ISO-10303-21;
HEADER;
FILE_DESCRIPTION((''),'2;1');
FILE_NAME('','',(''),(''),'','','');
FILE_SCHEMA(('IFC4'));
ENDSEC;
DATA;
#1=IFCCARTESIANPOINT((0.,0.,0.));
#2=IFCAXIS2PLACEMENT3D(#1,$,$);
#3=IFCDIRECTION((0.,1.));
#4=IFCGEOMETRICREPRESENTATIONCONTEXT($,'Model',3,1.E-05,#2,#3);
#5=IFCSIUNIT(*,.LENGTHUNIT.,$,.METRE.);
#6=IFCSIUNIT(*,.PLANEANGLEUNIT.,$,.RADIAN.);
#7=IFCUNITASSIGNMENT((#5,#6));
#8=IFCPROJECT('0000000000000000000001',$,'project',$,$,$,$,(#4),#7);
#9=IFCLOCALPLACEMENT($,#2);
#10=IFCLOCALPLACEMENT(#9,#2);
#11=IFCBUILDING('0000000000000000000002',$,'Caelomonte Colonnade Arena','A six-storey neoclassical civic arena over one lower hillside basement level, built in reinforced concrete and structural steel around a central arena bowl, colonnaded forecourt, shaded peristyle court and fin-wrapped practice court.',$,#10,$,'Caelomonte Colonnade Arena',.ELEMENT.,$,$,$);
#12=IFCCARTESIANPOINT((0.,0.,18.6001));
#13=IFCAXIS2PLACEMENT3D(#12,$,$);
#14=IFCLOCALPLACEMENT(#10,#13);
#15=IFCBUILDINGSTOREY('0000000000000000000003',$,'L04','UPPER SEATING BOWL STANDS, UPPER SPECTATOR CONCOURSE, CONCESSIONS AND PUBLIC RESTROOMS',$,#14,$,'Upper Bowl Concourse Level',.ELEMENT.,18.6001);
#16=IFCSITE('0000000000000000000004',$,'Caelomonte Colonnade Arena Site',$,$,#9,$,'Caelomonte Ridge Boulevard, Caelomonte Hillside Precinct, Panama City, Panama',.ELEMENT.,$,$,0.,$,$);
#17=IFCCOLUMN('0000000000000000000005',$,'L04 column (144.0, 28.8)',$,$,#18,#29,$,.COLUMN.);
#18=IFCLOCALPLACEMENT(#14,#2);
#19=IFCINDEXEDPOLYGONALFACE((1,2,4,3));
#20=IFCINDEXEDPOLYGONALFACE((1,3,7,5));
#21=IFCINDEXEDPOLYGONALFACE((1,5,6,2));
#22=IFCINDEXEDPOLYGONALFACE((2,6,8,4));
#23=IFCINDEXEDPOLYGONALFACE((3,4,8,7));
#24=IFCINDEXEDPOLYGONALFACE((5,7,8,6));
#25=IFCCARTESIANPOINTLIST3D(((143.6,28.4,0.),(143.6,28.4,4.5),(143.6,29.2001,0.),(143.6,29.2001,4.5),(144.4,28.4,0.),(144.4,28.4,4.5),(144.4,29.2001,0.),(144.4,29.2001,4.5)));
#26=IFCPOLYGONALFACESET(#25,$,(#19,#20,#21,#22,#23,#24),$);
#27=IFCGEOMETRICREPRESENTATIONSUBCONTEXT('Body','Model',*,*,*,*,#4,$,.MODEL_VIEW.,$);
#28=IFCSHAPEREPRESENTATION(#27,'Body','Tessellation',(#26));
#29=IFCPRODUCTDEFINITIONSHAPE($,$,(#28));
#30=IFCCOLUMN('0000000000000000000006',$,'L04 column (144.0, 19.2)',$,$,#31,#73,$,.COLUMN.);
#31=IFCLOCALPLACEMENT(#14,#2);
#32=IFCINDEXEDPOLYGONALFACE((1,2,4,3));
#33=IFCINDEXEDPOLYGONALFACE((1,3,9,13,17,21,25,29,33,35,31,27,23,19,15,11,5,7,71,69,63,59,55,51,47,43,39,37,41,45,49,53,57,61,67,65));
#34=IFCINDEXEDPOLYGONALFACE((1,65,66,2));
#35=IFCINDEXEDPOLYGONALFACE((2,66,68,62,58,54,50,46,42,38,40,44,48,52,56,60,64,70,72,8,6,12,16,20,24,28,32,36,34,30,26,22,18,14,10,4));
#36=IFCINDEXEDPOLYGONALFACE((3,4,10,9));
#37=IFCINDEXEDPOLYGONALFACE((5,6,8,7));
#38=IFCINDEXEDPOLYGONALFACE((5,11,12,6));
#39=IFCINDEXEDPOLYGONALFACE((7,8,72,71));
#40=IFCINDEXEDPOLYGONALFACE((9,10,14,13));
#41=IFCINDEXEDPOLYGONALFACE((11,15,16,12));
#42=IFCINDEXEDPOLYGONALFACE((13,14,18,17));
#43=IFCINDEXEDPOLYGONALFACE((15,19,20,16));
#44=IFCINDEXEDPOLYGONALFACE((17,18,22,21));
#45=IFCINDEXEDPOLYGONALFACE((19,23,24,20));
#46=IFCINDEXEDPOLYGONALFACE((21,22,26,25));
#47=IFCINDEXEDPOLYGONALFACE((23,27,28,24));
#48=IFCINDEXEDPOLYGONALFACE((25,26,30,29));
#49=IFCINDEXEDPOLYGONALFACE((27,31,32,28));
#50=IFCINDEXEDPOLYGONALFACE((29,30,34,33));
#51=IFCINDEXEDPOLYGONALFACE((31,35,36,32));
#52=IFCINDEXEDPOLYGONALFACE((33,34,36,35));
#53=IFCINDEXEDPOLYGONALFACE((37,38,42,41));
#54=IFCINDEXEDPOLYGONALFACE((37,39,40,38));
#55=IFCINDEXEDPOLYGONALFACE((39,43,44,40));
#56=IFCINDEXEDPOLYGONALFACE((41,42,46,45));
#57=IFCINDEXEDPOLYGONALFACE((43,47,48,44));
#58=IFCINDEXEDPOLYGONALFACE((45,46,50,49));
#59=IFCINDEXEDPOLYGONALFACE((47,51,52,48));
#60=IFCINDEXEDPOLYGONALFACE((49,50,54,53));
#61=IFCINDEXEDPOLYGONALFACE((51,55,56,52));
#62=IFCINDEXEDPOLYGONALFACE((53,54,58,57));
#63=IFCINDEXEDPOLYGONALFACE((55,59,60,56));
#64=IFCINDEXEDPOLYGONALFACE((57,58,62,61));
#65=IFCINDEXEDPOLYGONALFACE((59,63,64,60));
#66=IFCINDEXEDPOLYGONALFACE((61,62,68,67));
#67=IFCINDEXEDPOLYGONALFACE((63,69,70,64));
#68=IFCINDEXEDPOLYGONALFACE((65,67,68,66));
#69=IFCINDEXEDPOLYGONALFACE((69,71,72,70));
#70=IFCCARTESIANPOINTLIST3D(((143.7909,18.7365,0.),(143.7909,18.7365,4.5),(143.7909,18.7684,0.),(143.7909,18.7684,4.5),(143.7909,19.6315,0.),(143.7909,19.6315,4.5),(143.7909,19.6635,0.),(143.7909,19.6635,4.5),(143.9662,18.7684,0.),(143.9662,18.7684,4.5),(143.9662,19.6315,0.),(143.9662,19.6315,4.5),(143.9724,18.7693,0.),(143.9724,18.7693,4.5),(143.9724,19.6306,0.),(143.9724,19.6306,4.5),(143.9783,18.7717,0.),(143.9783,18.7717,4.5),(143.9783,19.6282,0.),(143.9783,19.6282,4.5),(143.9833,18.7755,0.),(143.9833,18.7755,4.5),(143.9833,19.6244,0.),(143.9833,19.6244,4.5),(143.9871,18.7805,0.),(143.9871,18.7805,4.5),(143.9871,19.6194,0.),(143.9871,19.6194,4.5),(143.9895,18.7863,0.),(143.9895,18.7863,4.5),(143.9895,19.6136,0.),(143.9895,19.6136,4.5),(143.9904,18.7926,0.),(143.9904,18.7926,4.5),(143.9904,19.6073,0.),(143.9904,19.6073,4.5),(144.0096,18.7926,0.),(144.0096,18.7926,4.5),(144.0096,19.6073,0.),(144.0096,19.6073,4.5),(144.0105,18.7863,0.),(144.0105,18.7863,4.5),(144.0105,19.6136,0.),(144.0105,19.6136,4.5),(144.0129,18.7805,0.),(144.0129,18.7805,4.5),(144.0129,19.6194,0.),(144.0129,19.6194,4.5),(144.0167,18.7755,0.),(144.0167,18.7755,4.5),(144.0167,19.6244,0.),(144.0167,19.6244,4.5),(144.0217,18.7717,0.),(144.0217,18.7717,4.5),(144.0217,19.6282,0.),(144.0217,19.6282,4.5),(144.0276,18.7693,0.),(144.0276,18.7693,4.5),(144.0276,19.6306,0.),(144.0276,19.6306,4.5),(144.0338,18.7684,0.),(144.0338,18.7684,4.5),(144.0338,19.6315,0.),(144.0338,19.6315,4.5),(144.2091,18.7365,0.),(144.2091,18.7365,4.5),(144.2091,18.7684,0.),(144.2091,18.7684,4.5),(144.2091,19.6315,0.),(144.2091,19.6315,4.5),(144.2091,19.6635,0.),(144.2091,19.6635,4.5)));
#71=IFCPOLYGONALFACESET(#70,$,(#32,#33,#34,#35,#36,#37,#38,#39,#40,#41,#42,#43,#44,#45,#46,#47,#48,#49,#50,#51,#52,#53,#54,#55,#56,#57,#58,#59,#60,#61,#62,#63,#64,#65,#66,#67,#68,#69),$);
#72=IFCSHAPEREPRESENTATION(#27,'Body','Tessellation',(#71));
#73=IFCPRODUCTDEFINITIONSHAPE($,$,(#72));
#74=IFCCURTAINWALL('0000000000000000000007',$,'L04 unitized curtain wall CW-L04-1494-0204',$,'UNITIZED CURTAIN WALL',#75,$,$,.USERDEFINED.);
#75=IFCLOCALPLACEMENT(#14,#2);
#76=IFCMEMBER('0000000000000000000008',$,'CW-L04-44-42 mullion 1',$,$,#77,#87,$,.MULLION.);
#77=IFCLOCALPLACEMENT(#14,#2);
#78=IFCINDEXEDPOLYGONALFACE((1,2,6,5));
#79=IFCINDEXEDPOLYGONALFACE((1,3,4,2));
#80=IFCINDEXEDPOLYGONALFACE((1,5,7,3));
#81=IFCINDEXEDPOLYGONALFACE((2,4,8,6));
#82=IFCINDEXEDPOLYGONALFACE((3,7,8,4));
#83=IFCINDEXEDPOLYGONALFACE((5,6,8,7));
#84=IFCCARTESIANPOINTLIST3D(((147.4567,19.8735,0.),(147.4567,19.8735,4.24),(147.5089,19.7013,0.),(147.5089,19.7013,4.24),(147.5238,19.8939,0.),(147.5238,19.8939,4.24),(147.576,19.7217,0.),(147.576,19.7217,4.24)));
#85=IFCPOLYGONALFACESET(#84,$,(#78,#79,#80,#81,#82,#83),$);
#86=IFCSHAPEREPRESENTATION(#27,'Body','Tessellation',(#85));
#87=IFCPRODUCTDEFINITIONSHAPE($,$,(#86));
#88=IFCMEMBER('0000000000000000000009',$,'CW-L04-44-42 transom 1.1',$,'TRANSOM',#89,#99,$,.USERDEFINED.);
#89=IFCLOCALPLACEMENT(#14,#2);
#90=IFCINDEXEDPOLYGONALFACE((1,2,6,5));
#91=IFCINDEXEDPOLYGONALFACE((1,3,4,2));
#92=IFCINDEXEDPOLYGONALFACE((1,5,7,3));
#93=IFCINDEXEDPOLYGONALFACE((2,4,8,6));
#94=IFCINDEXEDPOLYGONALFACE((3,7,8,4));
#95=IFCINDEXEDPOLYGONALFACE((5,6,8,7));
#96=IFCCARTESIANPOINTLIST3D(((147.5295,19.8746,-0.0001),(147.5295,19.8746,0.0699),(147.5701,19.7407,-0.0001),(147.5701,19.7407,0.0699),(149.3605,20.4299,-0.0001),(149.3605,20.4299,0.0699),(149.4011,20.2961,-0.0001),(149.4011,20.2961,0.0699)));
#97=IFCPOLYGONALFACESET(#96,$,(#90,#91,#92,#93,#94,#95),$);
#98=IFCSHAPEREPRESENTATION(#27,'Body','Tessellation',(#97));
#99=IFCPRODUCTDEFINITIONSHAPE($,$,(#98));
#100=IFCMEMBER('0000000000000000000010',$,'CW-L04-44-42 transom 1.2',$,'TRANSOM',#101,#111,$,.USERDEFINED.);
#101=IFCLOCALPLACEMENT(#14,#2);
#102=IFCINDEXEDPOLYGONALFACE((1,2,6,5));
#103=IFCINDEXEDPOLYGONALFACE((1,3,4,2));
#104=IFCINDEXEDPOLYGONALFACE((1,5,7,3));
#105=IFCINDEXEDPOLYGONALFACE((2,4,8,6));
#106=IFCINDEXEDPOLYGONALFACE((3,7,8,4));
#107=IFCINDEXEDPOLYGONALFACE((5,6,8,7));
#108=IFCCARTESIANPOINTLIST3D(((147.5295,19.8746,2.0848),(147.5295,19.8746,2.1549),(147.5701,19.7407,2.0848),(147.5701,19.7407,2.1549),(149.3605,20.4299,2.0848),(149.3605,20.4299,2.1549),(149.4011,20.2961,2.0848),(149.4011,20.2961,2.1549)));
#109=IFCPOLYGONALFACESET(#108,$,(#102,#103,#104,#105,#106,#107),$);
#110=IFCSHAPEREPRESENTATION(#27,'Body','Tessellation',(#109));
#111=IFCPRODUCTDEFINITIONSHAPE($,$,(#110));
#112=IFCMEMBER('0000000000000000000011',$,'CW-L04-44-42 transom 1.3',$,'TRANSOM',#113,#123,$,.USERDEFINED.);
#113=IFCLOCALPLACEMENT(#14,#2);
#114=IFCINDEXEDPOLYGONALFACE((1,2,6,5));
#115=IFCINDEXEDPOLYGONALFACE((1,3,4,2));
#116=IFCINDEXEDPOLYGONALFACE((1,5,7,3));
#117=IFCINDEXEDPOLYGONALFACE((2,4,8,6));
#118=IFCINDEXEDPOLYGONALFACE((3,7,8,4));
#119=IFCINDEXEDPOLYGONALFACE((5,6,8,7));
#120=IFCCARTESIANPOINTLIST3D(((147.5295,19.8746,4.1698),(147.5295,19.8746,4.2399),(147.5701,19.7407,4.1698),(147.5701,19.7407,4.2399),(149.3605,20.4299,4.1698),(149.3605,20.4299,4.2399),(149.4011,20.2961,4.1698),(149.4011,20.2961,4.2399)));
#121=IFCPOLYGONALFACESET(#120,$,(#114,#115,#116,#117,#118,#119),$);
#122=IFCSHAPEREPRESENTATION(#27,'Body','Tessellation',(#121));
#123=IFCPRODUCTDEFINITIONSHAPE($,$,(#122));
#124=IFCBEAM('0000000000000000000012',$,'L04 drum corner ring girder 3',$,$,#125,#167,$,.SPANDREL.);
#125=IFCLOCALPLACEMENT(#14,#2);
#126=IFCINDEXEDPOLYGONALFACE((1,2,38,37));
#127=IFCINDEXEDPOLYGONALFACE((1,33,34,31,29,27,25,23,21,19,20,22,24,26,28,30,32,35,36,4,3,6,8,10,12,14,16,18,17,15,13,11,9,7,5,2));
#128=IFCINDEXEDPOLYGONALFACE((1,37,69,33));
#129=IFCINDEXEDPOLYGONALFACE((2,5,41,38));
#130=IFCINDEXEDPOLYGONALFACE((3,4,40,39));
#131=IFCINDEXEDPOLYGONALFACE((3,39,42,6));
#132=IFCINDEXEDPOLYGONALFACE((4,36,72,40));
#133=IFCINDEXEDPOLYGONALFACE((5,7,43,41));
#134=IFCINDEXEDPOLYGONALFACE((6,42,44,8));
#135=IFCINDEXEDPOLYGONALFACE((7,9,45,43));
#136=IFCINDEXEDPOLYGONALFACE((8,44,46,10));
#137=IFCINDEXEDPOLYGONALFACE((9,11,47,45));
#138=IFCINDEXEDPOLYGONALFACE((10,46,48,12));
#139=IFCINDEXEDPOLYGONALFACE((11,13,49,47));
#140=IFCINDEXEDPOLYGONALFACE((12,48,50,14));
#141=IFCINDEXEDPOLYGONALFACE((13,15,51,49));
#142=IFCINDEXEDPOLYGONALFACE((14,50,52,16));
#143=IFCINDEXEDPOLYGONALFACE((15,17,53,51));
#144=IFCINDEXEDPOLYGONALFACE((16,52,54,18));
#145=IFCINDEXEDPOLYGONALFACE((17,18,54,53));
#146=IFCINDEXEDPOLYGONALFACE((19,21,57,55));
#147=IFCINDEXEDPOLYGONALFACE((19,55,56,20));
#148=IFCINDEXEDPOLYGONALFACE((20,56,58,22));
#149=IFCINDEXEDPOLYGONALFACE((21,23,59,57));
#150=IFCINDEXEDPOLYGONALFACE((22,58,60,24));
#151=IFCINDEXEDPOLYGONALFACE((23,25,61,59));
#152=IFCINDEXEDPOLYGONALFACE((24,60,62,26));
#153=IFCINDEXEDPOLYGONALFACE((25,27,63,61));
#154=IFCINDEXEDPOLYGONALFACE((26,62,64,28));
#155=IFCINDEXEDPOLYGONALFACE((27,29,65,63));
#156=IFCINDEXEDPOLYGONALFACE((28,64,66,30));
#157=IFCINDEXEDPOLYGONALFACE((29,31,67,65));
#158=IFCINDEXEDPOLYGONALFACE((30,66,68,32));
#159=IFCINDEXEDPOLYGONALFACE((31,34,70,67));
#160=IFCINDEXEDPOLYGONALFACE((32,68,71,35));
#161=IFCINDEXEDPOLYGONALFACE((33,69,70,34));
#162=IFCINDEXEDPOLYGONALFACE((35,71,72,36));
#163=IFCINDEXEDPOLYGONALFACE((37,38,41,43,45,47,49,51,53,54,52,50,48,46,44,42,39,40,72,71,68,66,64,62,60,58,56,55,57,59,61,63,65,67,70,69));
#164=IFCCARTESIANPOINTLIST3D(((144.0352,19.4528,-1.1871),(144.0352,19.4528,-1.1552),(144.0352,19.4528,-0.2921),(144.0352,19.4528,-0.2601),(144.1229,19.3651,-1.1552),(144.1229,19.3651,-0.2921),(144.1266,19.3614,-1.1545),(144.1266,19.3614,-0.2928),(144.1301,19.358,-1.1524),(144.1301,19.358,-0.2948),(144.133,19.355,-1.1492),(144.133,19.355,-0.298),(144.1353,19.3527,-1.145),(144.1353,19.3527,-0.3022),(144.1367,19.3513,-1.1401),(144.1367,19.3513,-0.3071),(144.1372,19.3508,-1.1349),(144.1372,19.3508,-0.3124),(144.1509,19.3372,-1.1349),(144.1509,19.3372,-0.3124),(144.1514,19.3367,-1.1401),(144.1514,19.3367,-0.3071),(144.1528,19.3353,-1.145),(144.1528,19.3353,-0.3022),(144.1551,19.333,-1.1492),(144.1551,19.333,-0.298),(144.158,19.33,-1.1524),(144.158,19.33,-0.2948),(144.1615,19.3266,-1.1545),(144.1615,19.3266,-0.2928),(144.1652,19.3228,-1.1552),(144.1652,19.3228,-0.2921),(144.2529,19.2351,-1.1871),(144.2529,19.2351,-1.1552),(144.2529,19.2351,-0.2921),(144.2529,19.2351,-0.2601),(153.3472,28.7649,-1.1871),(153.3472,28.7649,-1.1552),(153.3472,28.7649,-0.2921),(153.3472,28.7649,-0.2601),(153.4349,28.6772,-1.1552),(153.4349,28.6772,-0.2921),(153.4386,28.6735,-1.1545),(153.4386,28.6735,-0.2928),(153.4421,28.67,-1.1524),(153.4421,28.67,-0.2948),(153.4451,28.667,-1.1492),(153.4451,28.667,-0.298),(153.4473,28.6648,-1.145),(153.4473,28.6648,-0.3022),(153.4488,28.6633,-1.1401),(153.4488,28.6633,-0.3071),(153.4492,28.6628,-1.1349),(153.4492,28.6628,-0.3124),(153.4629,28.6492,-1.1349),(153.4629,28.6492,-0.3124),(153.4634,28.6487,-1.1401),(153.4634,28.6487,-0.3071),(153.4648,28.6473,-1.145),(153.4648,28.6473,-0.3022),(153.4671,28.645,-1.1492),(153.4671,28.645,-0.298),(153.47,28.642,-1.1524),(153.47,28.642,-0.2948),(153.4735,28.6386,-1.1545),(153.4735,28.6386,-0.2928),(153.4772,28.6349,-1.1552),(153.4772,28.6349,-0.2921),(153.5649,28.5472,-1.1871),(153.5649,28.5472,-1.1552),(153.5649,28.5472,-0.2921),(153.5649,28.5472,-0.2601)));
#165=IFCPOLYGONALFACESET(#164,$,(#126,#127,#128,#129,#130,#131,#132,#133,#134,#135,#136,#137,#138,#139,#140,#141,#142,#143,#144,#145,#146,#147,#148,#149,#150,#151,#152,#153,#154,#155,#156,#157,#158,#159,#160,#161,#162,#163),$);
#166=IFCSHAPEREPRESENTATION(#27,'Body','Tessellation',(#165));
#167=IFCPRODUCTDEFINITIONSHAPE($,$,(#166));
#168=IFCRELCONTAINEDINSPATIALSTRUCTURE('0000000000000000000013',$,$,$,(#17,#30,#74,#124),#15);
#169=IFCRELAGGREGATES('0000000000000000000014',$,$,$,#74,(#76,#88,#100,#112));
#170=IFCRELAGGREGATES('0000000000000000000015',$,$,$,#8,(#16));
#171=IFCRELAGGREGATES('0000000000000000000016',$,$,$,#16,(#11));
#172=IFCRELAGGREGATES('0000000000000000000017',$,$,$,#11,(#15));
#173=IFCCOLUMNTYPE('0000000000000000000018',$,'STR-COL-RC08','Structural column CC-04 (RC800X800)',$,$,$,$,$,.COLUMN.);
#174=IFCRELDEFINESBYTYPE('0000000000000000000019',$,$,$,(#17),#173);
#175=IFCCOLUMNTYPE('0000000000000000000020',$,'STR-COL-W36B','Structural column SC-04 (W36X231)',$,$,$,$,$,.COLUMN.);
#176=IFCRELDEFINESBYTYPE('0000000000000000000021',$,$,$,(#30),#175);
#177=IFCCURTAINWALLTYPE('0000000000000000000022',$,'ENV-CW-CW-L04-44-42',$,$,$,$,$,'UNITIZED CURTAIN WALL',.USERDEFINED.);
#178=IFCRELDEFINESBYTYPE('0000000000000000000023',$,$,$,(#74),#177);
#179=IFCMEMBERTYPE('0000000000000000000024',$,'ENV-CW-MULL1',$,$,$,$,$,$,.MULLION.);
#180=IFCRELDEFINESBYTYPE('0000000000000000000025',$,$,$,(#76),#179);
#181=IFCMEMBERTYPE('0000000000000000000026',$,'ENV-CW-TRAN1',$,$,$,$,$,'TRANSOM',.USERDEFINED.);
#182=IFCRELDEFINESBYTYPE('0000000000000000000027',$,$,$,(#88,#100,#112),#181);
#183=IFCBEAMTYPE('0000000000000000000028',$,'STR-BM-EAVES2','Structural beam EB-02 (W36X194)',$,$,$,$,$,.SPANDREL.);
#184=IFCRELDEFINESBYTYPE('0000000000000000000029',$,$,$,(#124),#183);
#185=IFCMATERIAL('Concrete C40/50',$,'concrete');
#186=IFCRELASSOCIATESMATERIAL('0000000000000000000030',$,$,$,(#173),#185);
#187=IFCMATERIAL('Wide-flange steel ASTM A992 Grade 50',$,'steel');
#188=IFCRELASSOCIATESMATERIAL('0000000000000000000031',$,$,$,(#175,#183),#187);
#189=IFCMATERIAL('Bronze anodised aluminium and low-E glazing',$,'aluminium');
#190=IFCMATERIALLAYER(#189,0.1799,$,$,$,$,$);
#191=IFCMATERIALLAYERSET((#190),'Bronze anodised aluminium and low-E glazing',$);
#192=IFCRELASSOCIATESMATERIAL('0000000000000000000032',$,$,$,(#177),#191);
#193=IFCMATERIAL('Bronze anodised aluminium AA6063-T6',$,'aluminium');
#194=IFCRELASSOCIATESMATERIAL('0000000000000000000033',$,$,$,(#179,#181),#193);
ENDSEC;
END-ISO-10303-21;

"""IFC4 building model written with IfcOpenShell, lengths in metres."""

from ifc_helpers import new_model, si_unit, direction, frame, origin, origin_2d, place, context, subcontext, project, spatial, rectangle, i_section, extrude, material, layer, layer_set, material_profile, profile_set, type_object, element, aggregate, save


model = new_model("IFC4")

# Units and contexts
model_context = context("Model", 3, precision=1e-05, world=origin(), true_north=direction((0.0, 1.0)))
body_context = subcontext(model_context, "Body", "Model", "MODEL_VIEW")
ifc_project = project(units=[si_unit("LENGTHUNIT", "METRE"), si_unit("PLANEANGLEUNIT", "RADIAN")], contexts=[model_context])

# Site, building, storey
site_placement = place(None, origin())
site = spatial("IfcSite", under=ifc_project, at=site_placement, Name="Caelomonte Colonnade Arena Site", LongName="Caelomonte Ridge Boulevard, Caelomonte Hillside Precinct, Panama City, Panama", CompositionType="ELEMENT", RefElevation=0.0)
building_placement = place(site_placement, origin())
building = spatial("IfcBuilding", under=site, at=building_placement, Name="Caelomonte Colonnade Arena", Description="A six-storey neoclassical civic arena over one lower hillside basement level, built in reinforced concrete and structural steel around a central arena bowl, colonnaded forecourt, shaded peristyle court and fin-wrapped practice court.", LongName="Caelomonte Colonnade Arena", CompositionType="ELEMENT")
storey_placement = place(building_placement, frame((0.0, 0.0, 18.6001)))
storey = spatial("IfcBuildingStorey", under=building, at=storey_placement, Name="L04", Description="UPPER SEATING BOWL STANDS, UPPER SPECTATOR CONCOURSE, CONCESSIONS AND PUBLIC RESTROOMS", LongName="Upper Bowl Concourse Level", CompositionType="ELEMENT", Elevation=18.6001)

# Columns
ifc_material_1 = material(Name="Concrete C40/50", Category="concrete")
ifc_material_profile_1 = material_profile(ifc_material_1, rectangle(XDim=0.8, YDim=0.8, at=origin_2d()), Name="RC800X800")
ifc_profile_set_1 = profile_set([ifc_material_profile_1], Name="Concrete C40/50")
column_type_1 = type_object("IfcColumnType", Name="STR-COL-RC08", Description="Structural column CC-04 (RC800X800)", PredefinedType="COLUMN", material=ifc_profile_set_1)
column_1_placement = place(storey_placement, frame((144.0, 28.8, 0.0), z_axis=(0.0, 0.0, 1.0), x_axis=(1.0, 0.0, 0.0)))
element("IfcColumn", 1, at=column_1_placement, inside=storey, type_object=column_type_1, Name="L04 column (144.0, 28.8)", PredefinedType="COLUMN", context=body_context, shape_type="SweptSolid", body=[
    extrude(rectangle(XDim=0.8, YDim=0.8, at=origin_2d()), origin(), (0.0, 0.0, 1.0), 4.5),
])
ifc_material_2 = material(Name="Wide-flange steel ASTM A992 Grade 50", Category="steel")
ifc_material_profile_2 = material_profile(ifc_material_2, i_section(OverallWidth=0.4182, OverallDepth=0.927, WebThickness=0.0193, FlangeThickness=0.032, FilletRadius=0.0242, at=origin_2d()), Name="W36X231")
ifc_profile_set_2 = profile_set([ifc_material_profile_2], Name="Wide-flange steel ASTM A992 Grade 50")
column_type_2 = type_object("IfcColumnType", Name="STR-COL-W36B", Description="Structural column SC-04 (W36X231)", PredefinedType="COLUMN", material=ifc_profile_set_2)
column_2_placement = place(storey_placement, frame((144.0, 19.2, 0.0), z_axis=(0.0, 0.0, 1.0), x_axis=(1.0, 0.0, 0.0)))
element("IfcColumn", 2, at=column_2_placement, inside=storey, type_object=column_type_2, Name="L04 column (144.0, 19.2)", PredefinedType="COLUMN", context=body_context, shape_type="SweptSolid", body=[
    extrude(i_section(OverallWidth=0.4182, OverallDepth=0.927, WebThickness=0.0193, FlangeThickness=0.032, FilletRadius=0.0242, at=origin_2d()), origin(), (0.0, 0.0, 1.0), 4.5),
])

# Curtain wall, members
ifc_material_3 = material(Name="Bronze anodised aluminium and low-E glazing", Category="aluminium")
ifc_layer_1 = layer(ifc_material_3, 0.1799)
ifc_layer_set_1 = layer_set([ifc_layer_1], Name="Bronze anodised aluminium and low-E glazing")
curtain_wall_type = type_object("IfcCurtainWallType", Name="ENV-CW-CW-L04-44-42", ElementType="UNITIZED CURTAIN WALL", PredefinedType="USERDEFINED", material=ifc_layer_set_1)
curtain_wall_placement = place(storey_placement, origin())
curtain_wall = element("IfcCurtainWall", 3, at=curtain_wall_placement, inside=storey, type_object=curtain_wall_type, Name="L04 unitized curtain wall CW-L04-1494-0204", ObjectType="UNITIZED CURTAIN WALL", PredefinedType="USERDEFINED")
ifc_material_4 = material(Name="Bronze anodised aluminium AA6063-T6", Category="aluminium")
ifc_material_profile_3 = material_profile(ifc_material_4, rectangle(XDim=0.0701, YDim=0.1799, at=origin_2d()), Name="CWM-70X180")
ifc_profile_set_3 = profile_set([ifc_material_profile_3], Name="Bronze anodised aluminium AA6063-T6")
member_type_1 = type_object("IfcMemberType", Name="ENV-CW-MULL1", PredefinedType="MULLION", material=ifc_profile_set_3)
member_1_placement = place(storey_placement, frame((147.5164, 19.7976, 0.0), z_axis=(0.0, 0.0, 1.0), x_axis=(0.956949, 0.290256, 0.0)))
member_1 = element("IfcMember", 4, at=member_1_placement, type_object=member_type_1, Name="CW-L04-44-42 mullion 1", PredefinedType="MULLION", context=body_context, shape_type="SweptSolid", body=[
    extrude(rectangle(XDim=0.0701, YDim=0.1799, at=origin_2d()), origin(), (0.0, 0.0, 1.0), 4.24),
])
ifc_material_profile_4 = material_profile(ifc_material_4, rectangle(XDim=0.0701, YDim=0.1399, at=origin_2d()), Name="CWT-70X140")
ifc_profile_set_4 = profile_set([ifc_material_profile_4], Name="Bronze anodised aluminium AA6063-T6")
member_type_2 = type_object("IfcMemberType", Name="ENV-CW-TRAN1", ElementType="TRANSOM", PredefinedType="USERDEFINED", material=ifc_profile_set_4)
member_2_placement = place(storey_placement, frame((147.5498, 19.8076, 0.0349), z_axis=(0.956944, 0.290273, 0.0), x_axis=(0.0, 0.0, 1.0)))
member_2 = element("IfcMember", 5, at=member_2_placement, type_object=member_type_2, Name="CW-L04-44-42 transom 1.1", ObjectType="TRANSOM", PredefinedType="USERDEFINED", context=body_context, shape_type="SweptSolid", body=[
    extrude(rectangle(XDim=0.0701, YDim=0.1399, at=origin_2d()), origin(), (0.0, 0.0, 1.0), 1.9133),
])
member_3_placement = place(storey_placement, frame((147.5498, 19.8076, 2.1199), z_axis=(0.956944, 0.290273, 0.0), x_axis=(0.0, 0.0, 1.0)))
member_3 = element("IfcMember", 6, at=member_3_placement, type_object=member_type_2, Name="CW-L04-44-42 transom 1.2", ObjectType="TRANSOM", PredefinedType="USERDEFINED", context=body_context, shape_type="SweptSolid", body=[
    extrude(rectangle(XDim=0.0701, YDim=0.1399, at=origin_2d()), origin(), (0.0, 0.0, 1.0), 1.9133),
])
member_4_placement = place(storey_placement, frame((147.5498, 19.8076, 4.2048), z_axis=(0.956944, 0.290273, 0.0), x_axis=(0.0, 0.0, 1.0)))
member_4 = element("IfcMember", 7, at=member_4_placement, type_object=member_type_2, Name="CW-L04-44-42 transom 1.3", ObjectType="TRANSOM", PredefinedType="USERDEFINED", context=body_context, shape_type="SweptSolid", body=[
    extrude(rectangle(XDim=0.0701, YDim=0.1399, at=origin_2d()), origin(), (0.0, 0.0, 1.0), 1.9133),
])
aggregate(curtain_wall, [member_1, member_2, member_3, member_4])

# Beam
ifc_material_profile_5 = material_profile(ifc_material_2, i_section(OverallWidth=0.3079, OverallDepth=0.927, WebThickness=0.0193, FlangeThickness=0.032, FilletRadius=0.0203, at=origin_2d()), Name="W36X194")
ifc_profile_set_5 = profile_set([ifc_material_profile_5], Name="Wide-flange steel ASTM A992 Grade 50")
beam_type_1 = type_object("IfcBeamType", Name="STR-BM-EAVES2", Description="Structural beam EB-02 (W36X194)", PredefinedType="SPANDREL", material=ifc_profile_set_5)
beam_1_placement = place(storey_placement, frame((144.144, 19.344, -0.7236), z_axis=(0.707107, 0.707107, 0.0), x_axis=(-0.707107, 0.707107, 0.0)))
element("IfcBeam", 8, at=beam_1_placement, inside=storey, type_object=beam_type_1, Name="L04 drum corner ring girder 3", PredefinedType="SPANDREL", context=body_context, shape_type="SweptSolid", body=[
    extrude(i_section(OverallWidth=0.3079, OverallDepth=0.927, WebThickness=0.0193, FlangeThickness=0.032, FilletRadius=0.0203, at=origin_2d()), origin(), (0.0, 0.0, 1.0), 13.1692),
])

save(model, "model.ifc")
